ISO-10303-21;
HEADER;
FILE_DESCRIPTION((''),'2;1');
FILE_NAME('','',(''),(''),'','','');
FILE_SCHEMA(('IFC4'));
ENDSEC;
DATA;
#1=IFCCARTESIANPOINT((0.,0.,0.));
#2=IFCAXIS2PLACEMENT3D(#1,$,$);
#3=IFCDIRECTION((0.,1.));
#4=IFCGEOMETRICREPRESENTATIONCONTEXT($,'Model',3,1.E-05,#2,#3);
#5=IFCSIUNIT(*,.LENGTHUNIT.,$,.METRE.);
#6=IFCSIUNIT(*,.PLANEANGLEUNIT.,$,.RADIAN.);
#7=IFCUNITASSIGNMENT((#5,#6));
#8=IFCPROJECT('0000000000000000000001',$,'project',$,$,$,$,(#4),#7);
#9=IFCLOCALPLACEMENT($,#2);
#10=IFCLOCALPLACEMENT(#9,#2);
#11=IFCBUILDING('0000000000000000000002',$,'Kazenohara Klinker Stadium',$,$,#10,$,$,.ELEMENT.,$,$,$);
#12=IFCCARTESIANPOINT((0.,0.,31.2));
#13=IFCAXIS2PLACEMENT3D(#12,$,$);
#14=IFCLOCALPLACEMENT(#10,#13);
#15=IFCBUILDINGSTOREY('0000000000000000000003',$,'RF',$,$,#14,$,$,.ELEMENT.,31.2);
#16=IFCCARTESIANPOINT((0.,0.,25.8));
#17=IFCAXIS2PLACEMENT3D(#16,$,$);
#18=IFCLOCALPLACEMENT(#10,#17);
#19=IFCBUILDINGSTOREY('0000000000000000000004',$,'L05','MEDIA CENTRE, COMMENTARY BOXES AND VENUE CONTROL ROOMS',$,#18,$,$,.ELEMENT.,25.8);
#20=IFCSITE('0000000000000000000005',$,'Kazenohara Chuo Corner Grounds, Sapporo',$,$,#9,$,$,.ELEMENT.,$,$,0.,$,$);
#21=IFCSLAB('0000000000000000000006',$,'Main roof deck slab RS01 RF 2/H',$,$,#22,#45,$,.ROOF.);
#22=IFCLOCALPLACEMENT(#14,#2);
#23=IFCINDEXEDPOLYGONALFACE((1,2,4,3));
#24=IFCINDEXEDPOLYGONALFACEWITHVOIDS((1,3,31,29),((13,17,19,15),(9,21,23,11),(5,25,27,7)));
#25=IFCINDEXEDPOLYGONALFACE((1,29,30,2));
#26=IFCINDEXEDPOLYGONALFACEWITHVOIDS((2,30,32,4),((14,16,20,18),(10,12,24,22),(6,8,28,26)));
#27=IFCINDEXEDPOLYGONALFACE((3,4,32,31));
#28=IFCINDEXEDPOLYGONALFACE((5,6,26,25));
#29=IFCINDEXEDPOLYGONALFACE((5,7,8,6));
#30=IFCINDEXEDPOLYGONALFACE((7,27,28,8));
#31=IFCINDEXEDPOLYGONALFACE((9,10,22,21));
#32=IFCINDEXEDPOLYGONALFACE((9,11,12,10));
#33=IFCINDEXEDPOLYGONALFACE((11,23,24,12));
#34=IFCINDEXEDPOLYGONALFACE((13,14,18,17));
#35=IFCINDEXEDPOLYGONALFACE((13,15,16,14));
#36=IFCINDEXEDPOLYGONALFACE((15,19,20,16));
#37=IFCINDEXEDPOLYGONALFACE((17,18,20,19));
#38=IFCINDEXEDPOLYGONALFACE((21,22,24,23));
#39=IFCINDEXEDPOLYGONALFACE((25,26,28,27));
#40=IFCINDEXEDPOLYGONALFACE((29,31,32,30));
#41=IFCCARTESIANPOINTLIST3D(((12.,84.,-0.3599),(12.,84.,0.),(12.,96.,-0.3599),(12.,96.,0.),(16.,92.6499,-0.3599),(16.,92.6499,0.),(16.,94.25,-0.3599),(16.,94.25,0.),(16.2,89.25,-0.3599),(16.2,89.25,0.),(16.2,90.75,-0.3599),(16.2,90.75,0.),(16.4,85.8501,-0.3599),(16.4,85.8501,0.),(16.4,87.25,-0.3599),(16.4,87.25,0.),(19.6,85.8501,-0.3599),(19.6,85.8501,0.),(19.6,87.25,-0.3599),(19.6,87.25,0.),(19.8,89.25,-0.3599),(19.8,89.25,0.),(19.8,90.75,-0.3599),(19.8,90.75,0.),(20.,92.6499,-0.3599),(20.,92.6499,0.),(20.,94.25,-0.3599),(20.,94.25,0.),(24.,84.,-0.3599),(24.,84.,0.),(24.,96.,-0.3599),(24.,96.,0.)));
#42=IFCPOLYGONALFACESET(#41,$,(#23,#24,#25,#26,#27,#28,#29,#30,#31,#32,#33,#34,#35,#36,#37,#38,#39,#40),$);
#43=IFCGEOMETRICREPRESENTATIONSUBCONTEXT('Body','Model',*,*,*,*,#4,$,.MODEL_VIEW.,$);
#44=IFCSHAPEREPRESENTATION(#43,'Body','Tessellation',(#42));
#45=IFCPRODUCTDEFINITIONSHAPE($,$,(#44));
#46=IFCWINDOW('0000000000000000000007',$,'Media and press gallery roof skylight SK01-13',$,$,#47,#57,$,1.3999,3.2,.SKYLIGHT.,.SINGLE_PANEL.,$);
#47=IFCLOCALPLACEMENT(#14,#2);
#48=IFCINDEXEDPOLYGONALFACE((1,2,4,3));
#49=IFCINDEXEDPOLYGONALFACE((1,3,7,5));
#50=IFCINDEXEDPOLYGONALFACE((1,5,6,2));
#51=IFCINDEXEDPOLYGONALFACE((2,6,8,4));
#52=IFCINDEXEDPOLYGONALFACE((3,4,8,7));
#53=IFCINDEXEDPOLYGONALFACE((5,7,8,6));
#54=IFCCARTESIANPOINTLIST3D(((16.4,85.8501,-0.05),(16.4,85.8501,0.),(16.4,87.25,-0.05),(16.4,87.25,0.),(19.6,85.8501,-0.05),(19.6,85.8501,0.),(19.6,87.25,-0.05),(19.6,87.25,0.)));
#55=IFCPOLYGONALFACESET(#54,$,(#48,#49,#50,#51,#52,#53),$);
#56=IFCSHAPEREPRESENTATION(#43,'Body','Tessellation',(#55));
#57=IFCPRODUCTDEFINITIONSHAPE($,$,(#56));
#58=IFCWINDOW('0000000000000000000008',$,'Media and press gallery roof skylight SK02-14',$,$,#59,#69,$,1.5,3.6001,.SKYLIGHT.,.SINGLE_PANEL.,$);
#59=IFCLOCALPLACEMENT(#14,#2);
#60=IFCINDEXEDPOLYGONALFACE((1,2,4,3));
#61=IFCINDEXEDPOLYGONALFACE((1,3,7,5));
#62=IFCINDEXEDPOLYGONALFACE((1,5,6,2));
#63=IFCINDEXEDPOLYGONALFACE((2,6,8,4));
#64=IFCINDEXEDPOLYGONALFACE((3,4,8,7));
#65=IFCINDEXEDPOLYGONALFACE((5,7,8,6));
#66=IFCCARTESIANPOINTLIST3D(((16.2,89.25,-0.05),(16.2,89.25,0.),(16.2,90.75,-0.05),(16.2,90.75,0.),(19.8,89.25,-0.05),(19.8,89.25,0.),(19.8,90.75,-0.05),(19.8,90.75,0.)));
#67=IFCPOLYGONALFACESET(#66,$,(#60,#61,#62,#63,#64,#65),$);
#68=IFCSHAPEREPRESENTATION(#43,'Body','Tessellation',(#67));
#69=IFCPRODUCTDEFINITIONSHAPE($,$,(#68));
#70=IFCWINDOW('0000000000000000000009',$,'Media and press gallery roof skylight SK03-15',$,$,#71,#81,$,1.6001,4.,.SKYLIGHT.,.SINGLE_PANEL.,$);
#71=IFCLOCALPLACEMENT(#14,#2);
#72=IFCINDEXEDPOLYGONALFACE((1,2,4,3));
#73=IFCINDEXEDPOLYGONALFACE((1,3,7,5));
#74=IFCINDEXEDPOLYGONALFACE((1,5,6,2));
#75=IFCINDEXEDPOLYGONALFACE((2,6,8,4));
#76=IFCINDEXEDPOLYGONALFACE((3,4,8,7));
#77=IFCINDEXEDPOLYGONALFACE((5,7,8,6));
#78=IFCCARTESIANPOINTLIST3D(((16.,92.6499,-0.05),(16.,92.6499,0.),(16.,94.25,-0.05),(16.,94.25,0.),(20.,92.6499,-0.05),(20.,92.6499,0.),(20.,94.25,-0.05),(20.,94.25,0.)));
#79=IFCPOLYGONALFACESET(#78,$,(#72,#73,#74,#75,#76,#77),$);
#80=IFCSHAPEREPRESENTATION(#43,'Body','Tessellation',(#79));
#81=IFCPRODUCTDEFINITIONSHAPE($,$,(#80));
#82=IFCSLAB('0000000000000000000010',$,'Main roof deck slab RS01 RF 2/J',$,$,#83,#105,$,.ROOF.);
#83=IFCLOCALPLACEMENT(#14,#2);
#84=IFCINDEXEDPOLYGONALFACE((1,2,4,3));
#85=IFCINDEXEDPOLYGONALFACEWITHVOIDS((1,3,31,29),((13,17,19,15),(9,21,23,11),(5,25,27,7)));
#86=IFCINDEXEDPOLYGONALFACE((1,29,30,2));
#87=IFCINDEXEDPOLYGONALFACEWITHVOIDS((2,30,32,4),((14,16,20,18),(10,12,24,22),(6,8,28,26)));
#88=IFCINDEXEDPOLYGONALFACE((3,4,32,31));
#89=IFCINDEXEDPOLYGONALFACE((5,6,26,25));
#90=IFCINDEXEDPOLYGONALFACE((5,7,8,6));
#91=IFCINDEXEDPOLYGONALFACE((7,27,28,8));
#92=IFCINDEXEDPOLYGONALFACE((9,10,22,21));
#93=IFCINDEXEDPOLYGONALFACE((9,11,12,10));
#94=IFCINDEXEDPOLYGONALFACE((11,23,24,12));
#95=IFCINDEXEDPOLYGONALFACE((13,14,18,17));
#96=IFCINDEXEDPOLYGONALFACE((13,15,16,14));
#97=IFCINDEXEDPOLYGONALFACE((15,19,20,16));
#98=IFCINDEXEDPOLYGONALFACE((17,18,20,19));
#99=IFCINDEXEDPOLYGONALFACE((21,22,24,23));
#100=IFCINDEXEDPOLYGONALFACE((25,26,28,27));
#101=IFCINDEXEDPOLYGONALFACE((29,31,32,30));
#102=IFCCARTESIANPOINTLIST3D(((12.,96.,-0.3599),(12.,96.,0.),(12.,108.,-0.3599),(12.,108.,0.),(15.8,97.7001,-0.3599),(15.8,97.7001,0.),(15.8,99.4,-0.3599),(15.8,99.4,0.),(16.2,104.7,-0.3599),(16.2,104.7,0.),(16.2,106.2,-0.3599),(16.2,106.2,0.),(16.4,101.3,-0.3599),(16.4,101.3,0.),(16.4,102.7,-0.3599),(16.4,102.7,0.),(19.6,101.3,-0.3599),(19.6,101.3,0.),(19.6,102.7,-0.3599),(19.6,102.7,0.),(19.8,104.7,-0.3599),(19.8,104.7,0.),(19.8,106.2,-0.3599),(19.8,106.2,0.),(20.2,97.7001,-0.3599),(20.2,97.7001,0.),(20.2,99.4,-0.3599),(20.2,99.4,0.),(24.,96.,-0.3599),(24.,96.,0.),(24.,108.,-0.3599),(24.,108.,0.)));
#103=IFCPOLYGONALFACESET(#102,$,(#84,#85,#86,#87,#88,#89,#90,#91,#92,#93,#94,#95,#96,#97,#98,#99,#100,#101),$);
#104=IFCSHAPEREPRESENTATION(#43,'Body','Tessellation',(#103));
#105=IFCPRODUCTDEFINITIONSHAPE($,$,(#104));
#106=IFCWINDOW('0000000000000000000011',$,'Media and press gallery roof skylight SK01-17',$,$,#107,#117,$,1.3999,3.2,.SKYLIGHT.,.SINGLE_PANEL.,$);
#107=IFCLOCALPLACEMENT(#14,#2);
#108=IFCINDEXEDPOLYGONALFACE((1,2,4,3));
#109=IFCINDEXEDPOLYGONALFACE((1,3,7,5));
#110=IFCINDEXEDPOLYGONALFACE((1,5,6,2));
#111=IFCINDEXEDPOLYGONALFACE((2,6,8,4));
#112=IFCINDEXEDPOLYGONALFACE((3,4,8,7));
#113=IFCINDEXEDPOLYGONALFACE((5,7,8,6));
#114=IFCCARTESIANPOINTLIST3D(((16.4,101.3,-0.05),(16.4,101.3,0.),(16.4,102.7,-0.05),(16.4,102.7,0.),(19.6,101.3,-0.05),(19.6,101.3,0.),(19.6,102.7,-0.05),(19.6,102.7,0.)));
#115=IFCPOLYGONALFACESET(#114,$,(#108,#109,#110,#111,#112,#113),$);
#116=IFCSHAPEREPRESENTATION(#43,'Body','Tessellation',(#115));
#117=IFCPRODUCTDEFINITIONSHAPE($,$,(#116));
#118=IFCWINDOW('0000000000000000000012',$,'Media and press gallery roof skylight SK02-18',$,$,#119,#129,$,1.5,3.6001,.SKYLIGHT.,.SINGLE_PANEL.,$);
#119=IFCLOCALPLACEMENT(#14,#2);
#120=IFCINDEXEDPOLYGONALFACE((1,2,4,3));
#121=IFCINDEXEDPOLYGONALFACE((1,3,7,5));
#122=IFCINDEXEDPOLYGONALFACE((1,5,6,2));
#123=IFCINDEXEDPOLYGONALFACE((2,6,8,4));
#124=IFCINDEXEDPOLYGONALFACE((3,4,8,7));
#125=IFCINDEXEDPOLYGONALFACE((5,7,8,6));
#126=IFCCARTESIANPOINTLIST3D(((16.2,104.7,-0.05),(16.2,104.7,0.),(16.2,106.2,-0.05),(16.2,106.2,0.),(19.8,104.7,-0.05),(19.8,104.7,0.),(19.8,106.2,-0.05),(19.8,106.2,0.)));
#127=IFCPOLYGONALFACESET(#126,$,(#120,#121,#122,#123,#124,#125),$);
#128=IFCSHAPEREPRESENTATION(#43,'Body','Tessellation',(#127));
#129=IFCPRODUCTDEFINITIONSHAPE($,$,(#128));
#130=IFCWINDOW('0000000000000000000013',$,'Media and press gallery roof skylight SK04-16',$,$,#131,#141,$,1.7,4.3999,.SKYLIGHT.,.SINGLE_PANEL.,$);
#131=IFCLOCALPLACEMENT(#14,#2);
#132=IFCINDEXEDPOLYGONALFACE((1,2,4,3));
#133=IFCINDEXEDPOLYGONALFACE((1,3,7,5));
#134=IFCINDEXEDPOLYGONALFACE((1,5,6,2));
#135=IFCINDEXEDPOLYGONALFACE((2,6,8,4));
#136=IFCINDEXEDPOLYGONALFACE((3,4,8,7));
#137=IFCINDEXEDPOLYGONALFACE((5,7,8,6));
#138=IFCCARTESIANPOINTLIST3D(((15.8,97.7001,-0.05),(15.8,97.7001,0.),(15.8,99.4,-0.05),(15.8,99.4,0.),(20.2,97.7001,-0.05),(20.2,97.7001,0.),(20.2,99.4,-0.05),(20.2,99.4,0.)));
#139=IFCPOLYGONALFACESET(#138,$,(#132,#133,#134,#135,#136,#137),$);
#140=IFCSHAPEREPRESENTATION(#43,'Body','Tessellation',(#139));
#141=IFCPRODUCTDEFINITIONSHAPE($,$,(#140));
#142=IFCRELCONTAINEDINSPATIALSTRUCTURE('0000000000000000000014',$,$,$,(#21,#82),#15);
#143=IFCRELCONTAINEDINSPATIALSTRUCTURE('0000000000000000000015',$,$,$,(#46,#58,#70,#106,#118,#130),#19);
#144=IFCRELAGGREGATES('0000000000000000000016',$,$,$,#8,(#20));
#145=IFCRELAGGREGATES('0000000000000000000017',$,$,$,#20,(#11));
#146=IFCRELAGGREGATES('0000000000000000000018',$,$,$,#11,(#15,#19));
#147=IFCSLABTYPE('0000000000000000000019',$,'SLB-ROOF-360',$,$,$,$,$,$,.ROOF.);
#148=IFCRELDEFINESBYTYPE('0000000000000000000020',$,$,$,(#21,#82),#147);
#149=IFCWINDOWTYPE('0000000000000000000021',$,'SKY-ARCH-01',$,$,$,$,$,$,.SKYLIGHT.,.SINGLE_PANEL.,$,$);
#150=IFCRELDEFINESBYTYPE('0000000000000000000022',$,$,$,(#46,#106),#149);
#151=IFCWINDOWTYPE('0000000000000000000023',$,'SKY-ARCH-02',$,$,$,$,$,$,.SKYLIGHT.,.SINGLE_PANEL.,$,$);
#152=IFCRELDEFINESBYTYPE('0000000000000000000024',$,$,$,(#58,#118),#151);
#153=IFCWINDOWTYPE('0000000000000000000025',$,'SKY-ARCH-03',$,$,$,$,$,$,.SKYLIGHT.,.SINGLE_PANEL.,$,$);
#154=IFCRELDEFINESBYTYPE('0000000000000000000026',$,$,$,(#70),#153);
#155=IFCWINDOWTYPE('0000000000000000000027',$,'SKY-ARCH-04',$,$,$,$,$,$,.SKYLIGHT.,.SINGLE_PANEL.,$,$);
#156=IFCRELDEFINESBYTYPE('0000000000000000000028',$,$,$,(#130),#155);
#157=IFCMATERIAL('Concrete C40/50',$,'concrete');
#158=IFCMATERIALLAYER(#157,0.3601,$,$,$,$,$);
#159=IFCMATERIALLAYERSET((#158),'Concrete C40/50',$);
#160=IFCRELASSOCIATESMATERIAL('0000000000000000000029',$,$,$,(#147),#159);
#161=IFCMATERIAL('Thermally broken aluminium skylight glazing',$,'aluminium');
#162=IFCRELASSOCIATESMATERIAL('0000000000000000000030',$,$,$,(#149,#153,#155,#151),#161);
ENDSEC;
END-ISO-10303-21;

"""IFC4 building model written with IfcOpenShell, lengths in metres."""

from ifc_helpers import new_model, si_unit, direction, frame, origin, origin_2d, place, context, subcontext, project, spatial, polyline, rectangle, outline, extrude, material, layer, layer_set, type_object, element, fill, save


model = new_model("IFC4")

# Units and contexts
model_context = context("Model", 3, precision=1e-05, world=origin(), true_north=direction((0.0, 1.0)))
body_context = subcontext(model_context, "Body", "Model", "MODEL_VIEW")
ifc_project = project(units=[si_unit("LENGTHUNIT", "METRE"), si_unit("PLANEANGLEUNIT", "RADIAN")], contexts=[model_context])

# Site, building, storey
site_placement = place(None, origin())
site = spatial("IfcSite", under=ifc_project, at=site_placement, Name="Kazenohara Chuo Corner Grounds, Sapporo", CompositionType="ELEMENT", RefElevation=0.0)
building_placement = place(site_placement, origin())
building = spatial("IfcBuilding", under=site, at=building_placement, Name="Kazenohara Klinker Stadium", CompositionType="ELEMENT")
storey_1_placement = place(building_placement, frame((0.0, 0.0, 31.2)))
storey_1 = spatial("IfcBuildingStorey", under=building, at=storey_1_placement, Name="RF", CompositionType="ELEMENT", Elevation=31.2)

# Shared definitions
ifc_material_1 = material(Name="Concrete C40/50", Category="concrete")
ifc_layer = layer(ifc_material_1, 0.3601)
ifc_layer_set = layer_set([ifc_layer], Name="Concrete C40/50")
slab_type = type_object("IfcSlabType", Name="SLB-ROOF-360", PredefinedType="ROOF", material=ifc_layer_set)

# Shared definitions
storey_2_placement = place(building_placement, frame((0.0, 0.0, 25.8)))
storey_2 = spatial("IfcBuildingStorey", under=building, at=storey_2_placement, Name="L05", Description="MEDIA CENTRE, COMMENTARY BOXES AND VENUE CONTROL ROOMS", CompositionType="ELEMENT", Elevation=25.8)

# Shared definitions
ifc_material_2 = material(Name="Thermally broken aluminium skylight glazing", Category="aluminium")
window_type_1 = type_object("IfcWindowType", Name="SKY-ARCH-01", PartitioningType="SINGLE_PANEL", PredefinedType="SKYLIGHT", material=ifc_material_2)
window_type_2 = type_object("IfcWindowType", Name="SKY-ARCH-03", PartitioningType="SINGLE_PANEL", PredefinedType="SKYLIGHT", material=ifc_material_2)
window_type_3 = type_object("IfcWindowType", Name="SKY-ARCH-04", PartitioningType="SINGLE_PANEL", PredefinedType="SKYLIGHT", material=ifc_material_2)

# Slabs, openings, windows
window_type_4 = type_object("IfcWindowType", Name="SKY-ARCH-02", PartitioningType="SINGLE_PANEL", PredefinedType="SKYLIGHT", material=ifc_material_2)
slab_1_placement = place(storey_1_placement, frame((0.0, 0.0, -0.3599)))
slab_1 = element("IfcSlab", 1, at=slab_1_placement, inside=storey_1, type_object=slab_type, Name="Main roof deck slab RS01 RF 2/H", PredefinedType="ROOF", context=body_context, shape_type="SweptSolid", body=[
    extrude(outline(polyline([(12.0, 84.0), (24.0, 84.0), (24.0, 96.0), (12.0, 96.0), (12.0, 84.0)])), origin(), (0.0, 0.0, 1.0), 0.3599),
])
opening_1_placement = place(slab_1_placement, frame((18.0, 86.55, 0.0)))
opening_1 = element("IfcOpeningElement", 2, at=opening_1_placement, cuts=slab_1, PredefinedType="OPENING", context=body_context, shape_type="SweptSolid", body=[
    extrude(rectangle(XDim=3.2, YDim=1.3999, at=origin_2d()), origin(), (0.0, 0.0, 1.0), 0.3599),
])
opening_2_placement = place(slab_1_placement, frame((18.0, 90.0, 0.0)))
opening_2 = element("IfcOpeningElement", 3, at=opening_2_placement, cuts=slab_1, PredefinedType="OPENING", context=body_context, shape_type="SweptSolid", body=[
    extrude(rectangle(XDim=3.6001, YDim=1.5, at=origin_2d()), origin(), (0.0, 0.0, 1.0), 0.3599),
])
opening_3_placement = place(slab_1_placement, frame((18.0, 93.45, 0.0)))
opening_3 = element("IfcOpeningElement", 4, at=opening_3_placement, cuts=slab_1, PredefinedType="OPENING", context=body_context, shape_type="SweptSolid", body=[
    extrude(rectangle(XDim=4.0, YDim=1.6001, at=origin_2d()), origin(), (0.0, 0.0, 1.0), 0.3599),
])
window_1_placement = place(opening_1_placement, frame((0.0, 0.0, 0.3098)))
window_1 = element("IfcWindow", 5, at=window_1_placement, inside=storey_2, type_object=window_type_1, Name="Media and press gallery roof skylight SK01-13", OverallHeight=1.3999, OverallWidth=3.2, PartitioningType="SINGLE_PANEL", PredefinedType="SKYLIGHT", context=body_context, shape_type="SweptSolid", body=[
    extrude(rectangle(XDim=3.2, YDim=1.3999, at=origin_2d()), origin(), (0.0, 0.0, 1.0), 0.05),
])
fill(opening_1, window_1)
window_2_placement = place(opening_2_placement, frame((0.0, 0.0, 0.3098)))
window_2 = element("IfcWindow", 6, at=window_2_placement, inside=storey_2, type_object=window_type_4, Name="Media and press gallery roof skylight SK02-14", OverallHeight=1.5, OverallWidth=3.6001, PartitioningType="SINGLE_PANEL", PredefinedType="SKYLIGHT", context=body_context, shape_type="SweptSolid", body=[
    extrude(rectangle(XDim=3.6001, YDim=1.5, at=origin_2d()), origin(), (0.0, 0.0, 1.0), 0.05),
])
fill(opening_2, window_2)
window_3_placement = place(opening_3_placement, frame((0.0, 0.0, 0.3098)))
window_3 = element("IfcWindow", 7, at=window_3_placement, inside=storey_2, type_object=window_type_2, Name="Media and press gallery roof skylight SK03-15", OverallHeight=1.6001, OverallWidth=4.0, PartitioningType="SINGLE_PANEL", PredefinedType="SKYLIGHT", context=body_context, shape_type="SweptSolid", body=[
    extrude(rectangle(XDim=4.0, YDim=1.6001, at=origin_2d()), origin(), (0.0, 0.0, 1.0), 0.05),
])
fill(opening_3, window_3)
slab_2_placement = place(storey_1_placement, frame((0.0, 0.0, -0.3599)))
slab_2 = element("IfcSlab", 8, at=slab_2_placement, inside=storey_1, type_object=slab_type, Name="Main roof deck slab RS01 RF 2/J", PredefinedType="ROOF", context=body_context, shape_type="SweptSolid", body=[
    extrude(outline(polyline([(12.0, 96.0), (24.0, 96.0), (24.0, 108.0), (12.0, 108.0), (12.0, 96.0)])), origin(), (0.0, 0.0, 1.0), 0.3599),
])
opening_4_placement = place(slab_2_placement, frame((18.0, 98.55, 0.0)))
opening_4 = element("IfcOpeningElement", 9, at=opening_4_placement, cuts=slab_2, PredefinedType="OPENING", context=body_context, shape_type="SweptSolid", body=[
    extrude(rectangle(XDim=4.3999, YDim=1.7, at=origin_2d()), origin(), (0.0, 0.0, 1.0), 0.3599),
])
opening_5_placement = place(slab_2_placement, frame((18.0, 102.0, 0.0)))
opening_5 = element("IfcOpeningElement", 10, at=opening_5_placement, cuts=slab_2, PredefinedType="OPENING", context=body_context, shape_type="SweptSolid", body=[
    extrude(rectangle(XDim=3.2, YDim=1.3999, at=origin_2d()), origin(), (0.0, 0.0, 1.0), 0.3599),
])
opening_6_placement = place(slab_2_placement, frame((18.0, 105.45, 0.0)))
opening_6 = element("IfcOpeningElement", 11, at=opening_6_placement, cuts=slab_2, PredefinedType="OPENING", context=body_context, shape_type="SweptSolid", body=[
    extrude(rectangle(XDim=3.6001, YDim=1.5, at=origin_2d()), origin(), (0.0, 0.0, 1.0), 0.3599),
])
window_4_placement = place(opening_5_placement, frame((0.0, 0.0, 0.3098)))
window_4 = element("IfcWindow", 12, at=window_4_placement, inside=storey_2, type_object=window_type_1, Name="Media and press gallery roof skylight SK01-17", OverallHeight=1.3999, OverallWidth=3.2, PartitioningType="SINGLE_PANEL", PredefinedType="SKYLIGHT", context=body_context, shape_type="SweptSolid", body=[
    extrude(rectangle(XDim=3.2, YDim=1.3999, at=origin_2d()), origin(), (0.0, 0.0, 1.0), 0.05),
])
fill(opening_5, window_4)
window_5_placement = place(opening_6_placement, frame((0.0, 0.0, 0.3098)))
window_5 = element("IfcWindow", 13, at=window_5_placement, inside=storey_2, type_object=window_type_4, Name="Media and press gallery roof skylight SK02-18", OverallHeight=1.5, OverallWidth=3.6001, PartitioningType="SINGLE_PANEL", PredefinedType="SKYLIGHT", context=body_context, shape_type="SweptSolid", body=[
    extrude(rectangle(XDim=3.6001, YDim=1.5, at=origin_2d()), origin(), (0.0, 0.0, 1.0), 0.05),
])
fill(opening_6, window_5)
window_6_placement = place(opening_4_placement, frame((0.0, 0.0, 0.3098)))
window_6 = element("IfcWindow", 14, at=window_6_placement, inside=storey_2, type_object=window_type_3, Name="Media and press gallery roof skylight SK04-16", OverallHeight=1.7, OverallWidth=4.3999, PartitioningType="SINGLE_PANEL", PredefinedType="SKYLIGHT", context=body_context, shape_type="SweptSolid", body=[
    extrude(rectangle(XDim=4.3999, YDim=1.7, at=origin_2d()), origin(), (0.0, 0.0, 1.0), 0.05),
])
fill(opening_4, window_6)

save(model, "model.ifc")
